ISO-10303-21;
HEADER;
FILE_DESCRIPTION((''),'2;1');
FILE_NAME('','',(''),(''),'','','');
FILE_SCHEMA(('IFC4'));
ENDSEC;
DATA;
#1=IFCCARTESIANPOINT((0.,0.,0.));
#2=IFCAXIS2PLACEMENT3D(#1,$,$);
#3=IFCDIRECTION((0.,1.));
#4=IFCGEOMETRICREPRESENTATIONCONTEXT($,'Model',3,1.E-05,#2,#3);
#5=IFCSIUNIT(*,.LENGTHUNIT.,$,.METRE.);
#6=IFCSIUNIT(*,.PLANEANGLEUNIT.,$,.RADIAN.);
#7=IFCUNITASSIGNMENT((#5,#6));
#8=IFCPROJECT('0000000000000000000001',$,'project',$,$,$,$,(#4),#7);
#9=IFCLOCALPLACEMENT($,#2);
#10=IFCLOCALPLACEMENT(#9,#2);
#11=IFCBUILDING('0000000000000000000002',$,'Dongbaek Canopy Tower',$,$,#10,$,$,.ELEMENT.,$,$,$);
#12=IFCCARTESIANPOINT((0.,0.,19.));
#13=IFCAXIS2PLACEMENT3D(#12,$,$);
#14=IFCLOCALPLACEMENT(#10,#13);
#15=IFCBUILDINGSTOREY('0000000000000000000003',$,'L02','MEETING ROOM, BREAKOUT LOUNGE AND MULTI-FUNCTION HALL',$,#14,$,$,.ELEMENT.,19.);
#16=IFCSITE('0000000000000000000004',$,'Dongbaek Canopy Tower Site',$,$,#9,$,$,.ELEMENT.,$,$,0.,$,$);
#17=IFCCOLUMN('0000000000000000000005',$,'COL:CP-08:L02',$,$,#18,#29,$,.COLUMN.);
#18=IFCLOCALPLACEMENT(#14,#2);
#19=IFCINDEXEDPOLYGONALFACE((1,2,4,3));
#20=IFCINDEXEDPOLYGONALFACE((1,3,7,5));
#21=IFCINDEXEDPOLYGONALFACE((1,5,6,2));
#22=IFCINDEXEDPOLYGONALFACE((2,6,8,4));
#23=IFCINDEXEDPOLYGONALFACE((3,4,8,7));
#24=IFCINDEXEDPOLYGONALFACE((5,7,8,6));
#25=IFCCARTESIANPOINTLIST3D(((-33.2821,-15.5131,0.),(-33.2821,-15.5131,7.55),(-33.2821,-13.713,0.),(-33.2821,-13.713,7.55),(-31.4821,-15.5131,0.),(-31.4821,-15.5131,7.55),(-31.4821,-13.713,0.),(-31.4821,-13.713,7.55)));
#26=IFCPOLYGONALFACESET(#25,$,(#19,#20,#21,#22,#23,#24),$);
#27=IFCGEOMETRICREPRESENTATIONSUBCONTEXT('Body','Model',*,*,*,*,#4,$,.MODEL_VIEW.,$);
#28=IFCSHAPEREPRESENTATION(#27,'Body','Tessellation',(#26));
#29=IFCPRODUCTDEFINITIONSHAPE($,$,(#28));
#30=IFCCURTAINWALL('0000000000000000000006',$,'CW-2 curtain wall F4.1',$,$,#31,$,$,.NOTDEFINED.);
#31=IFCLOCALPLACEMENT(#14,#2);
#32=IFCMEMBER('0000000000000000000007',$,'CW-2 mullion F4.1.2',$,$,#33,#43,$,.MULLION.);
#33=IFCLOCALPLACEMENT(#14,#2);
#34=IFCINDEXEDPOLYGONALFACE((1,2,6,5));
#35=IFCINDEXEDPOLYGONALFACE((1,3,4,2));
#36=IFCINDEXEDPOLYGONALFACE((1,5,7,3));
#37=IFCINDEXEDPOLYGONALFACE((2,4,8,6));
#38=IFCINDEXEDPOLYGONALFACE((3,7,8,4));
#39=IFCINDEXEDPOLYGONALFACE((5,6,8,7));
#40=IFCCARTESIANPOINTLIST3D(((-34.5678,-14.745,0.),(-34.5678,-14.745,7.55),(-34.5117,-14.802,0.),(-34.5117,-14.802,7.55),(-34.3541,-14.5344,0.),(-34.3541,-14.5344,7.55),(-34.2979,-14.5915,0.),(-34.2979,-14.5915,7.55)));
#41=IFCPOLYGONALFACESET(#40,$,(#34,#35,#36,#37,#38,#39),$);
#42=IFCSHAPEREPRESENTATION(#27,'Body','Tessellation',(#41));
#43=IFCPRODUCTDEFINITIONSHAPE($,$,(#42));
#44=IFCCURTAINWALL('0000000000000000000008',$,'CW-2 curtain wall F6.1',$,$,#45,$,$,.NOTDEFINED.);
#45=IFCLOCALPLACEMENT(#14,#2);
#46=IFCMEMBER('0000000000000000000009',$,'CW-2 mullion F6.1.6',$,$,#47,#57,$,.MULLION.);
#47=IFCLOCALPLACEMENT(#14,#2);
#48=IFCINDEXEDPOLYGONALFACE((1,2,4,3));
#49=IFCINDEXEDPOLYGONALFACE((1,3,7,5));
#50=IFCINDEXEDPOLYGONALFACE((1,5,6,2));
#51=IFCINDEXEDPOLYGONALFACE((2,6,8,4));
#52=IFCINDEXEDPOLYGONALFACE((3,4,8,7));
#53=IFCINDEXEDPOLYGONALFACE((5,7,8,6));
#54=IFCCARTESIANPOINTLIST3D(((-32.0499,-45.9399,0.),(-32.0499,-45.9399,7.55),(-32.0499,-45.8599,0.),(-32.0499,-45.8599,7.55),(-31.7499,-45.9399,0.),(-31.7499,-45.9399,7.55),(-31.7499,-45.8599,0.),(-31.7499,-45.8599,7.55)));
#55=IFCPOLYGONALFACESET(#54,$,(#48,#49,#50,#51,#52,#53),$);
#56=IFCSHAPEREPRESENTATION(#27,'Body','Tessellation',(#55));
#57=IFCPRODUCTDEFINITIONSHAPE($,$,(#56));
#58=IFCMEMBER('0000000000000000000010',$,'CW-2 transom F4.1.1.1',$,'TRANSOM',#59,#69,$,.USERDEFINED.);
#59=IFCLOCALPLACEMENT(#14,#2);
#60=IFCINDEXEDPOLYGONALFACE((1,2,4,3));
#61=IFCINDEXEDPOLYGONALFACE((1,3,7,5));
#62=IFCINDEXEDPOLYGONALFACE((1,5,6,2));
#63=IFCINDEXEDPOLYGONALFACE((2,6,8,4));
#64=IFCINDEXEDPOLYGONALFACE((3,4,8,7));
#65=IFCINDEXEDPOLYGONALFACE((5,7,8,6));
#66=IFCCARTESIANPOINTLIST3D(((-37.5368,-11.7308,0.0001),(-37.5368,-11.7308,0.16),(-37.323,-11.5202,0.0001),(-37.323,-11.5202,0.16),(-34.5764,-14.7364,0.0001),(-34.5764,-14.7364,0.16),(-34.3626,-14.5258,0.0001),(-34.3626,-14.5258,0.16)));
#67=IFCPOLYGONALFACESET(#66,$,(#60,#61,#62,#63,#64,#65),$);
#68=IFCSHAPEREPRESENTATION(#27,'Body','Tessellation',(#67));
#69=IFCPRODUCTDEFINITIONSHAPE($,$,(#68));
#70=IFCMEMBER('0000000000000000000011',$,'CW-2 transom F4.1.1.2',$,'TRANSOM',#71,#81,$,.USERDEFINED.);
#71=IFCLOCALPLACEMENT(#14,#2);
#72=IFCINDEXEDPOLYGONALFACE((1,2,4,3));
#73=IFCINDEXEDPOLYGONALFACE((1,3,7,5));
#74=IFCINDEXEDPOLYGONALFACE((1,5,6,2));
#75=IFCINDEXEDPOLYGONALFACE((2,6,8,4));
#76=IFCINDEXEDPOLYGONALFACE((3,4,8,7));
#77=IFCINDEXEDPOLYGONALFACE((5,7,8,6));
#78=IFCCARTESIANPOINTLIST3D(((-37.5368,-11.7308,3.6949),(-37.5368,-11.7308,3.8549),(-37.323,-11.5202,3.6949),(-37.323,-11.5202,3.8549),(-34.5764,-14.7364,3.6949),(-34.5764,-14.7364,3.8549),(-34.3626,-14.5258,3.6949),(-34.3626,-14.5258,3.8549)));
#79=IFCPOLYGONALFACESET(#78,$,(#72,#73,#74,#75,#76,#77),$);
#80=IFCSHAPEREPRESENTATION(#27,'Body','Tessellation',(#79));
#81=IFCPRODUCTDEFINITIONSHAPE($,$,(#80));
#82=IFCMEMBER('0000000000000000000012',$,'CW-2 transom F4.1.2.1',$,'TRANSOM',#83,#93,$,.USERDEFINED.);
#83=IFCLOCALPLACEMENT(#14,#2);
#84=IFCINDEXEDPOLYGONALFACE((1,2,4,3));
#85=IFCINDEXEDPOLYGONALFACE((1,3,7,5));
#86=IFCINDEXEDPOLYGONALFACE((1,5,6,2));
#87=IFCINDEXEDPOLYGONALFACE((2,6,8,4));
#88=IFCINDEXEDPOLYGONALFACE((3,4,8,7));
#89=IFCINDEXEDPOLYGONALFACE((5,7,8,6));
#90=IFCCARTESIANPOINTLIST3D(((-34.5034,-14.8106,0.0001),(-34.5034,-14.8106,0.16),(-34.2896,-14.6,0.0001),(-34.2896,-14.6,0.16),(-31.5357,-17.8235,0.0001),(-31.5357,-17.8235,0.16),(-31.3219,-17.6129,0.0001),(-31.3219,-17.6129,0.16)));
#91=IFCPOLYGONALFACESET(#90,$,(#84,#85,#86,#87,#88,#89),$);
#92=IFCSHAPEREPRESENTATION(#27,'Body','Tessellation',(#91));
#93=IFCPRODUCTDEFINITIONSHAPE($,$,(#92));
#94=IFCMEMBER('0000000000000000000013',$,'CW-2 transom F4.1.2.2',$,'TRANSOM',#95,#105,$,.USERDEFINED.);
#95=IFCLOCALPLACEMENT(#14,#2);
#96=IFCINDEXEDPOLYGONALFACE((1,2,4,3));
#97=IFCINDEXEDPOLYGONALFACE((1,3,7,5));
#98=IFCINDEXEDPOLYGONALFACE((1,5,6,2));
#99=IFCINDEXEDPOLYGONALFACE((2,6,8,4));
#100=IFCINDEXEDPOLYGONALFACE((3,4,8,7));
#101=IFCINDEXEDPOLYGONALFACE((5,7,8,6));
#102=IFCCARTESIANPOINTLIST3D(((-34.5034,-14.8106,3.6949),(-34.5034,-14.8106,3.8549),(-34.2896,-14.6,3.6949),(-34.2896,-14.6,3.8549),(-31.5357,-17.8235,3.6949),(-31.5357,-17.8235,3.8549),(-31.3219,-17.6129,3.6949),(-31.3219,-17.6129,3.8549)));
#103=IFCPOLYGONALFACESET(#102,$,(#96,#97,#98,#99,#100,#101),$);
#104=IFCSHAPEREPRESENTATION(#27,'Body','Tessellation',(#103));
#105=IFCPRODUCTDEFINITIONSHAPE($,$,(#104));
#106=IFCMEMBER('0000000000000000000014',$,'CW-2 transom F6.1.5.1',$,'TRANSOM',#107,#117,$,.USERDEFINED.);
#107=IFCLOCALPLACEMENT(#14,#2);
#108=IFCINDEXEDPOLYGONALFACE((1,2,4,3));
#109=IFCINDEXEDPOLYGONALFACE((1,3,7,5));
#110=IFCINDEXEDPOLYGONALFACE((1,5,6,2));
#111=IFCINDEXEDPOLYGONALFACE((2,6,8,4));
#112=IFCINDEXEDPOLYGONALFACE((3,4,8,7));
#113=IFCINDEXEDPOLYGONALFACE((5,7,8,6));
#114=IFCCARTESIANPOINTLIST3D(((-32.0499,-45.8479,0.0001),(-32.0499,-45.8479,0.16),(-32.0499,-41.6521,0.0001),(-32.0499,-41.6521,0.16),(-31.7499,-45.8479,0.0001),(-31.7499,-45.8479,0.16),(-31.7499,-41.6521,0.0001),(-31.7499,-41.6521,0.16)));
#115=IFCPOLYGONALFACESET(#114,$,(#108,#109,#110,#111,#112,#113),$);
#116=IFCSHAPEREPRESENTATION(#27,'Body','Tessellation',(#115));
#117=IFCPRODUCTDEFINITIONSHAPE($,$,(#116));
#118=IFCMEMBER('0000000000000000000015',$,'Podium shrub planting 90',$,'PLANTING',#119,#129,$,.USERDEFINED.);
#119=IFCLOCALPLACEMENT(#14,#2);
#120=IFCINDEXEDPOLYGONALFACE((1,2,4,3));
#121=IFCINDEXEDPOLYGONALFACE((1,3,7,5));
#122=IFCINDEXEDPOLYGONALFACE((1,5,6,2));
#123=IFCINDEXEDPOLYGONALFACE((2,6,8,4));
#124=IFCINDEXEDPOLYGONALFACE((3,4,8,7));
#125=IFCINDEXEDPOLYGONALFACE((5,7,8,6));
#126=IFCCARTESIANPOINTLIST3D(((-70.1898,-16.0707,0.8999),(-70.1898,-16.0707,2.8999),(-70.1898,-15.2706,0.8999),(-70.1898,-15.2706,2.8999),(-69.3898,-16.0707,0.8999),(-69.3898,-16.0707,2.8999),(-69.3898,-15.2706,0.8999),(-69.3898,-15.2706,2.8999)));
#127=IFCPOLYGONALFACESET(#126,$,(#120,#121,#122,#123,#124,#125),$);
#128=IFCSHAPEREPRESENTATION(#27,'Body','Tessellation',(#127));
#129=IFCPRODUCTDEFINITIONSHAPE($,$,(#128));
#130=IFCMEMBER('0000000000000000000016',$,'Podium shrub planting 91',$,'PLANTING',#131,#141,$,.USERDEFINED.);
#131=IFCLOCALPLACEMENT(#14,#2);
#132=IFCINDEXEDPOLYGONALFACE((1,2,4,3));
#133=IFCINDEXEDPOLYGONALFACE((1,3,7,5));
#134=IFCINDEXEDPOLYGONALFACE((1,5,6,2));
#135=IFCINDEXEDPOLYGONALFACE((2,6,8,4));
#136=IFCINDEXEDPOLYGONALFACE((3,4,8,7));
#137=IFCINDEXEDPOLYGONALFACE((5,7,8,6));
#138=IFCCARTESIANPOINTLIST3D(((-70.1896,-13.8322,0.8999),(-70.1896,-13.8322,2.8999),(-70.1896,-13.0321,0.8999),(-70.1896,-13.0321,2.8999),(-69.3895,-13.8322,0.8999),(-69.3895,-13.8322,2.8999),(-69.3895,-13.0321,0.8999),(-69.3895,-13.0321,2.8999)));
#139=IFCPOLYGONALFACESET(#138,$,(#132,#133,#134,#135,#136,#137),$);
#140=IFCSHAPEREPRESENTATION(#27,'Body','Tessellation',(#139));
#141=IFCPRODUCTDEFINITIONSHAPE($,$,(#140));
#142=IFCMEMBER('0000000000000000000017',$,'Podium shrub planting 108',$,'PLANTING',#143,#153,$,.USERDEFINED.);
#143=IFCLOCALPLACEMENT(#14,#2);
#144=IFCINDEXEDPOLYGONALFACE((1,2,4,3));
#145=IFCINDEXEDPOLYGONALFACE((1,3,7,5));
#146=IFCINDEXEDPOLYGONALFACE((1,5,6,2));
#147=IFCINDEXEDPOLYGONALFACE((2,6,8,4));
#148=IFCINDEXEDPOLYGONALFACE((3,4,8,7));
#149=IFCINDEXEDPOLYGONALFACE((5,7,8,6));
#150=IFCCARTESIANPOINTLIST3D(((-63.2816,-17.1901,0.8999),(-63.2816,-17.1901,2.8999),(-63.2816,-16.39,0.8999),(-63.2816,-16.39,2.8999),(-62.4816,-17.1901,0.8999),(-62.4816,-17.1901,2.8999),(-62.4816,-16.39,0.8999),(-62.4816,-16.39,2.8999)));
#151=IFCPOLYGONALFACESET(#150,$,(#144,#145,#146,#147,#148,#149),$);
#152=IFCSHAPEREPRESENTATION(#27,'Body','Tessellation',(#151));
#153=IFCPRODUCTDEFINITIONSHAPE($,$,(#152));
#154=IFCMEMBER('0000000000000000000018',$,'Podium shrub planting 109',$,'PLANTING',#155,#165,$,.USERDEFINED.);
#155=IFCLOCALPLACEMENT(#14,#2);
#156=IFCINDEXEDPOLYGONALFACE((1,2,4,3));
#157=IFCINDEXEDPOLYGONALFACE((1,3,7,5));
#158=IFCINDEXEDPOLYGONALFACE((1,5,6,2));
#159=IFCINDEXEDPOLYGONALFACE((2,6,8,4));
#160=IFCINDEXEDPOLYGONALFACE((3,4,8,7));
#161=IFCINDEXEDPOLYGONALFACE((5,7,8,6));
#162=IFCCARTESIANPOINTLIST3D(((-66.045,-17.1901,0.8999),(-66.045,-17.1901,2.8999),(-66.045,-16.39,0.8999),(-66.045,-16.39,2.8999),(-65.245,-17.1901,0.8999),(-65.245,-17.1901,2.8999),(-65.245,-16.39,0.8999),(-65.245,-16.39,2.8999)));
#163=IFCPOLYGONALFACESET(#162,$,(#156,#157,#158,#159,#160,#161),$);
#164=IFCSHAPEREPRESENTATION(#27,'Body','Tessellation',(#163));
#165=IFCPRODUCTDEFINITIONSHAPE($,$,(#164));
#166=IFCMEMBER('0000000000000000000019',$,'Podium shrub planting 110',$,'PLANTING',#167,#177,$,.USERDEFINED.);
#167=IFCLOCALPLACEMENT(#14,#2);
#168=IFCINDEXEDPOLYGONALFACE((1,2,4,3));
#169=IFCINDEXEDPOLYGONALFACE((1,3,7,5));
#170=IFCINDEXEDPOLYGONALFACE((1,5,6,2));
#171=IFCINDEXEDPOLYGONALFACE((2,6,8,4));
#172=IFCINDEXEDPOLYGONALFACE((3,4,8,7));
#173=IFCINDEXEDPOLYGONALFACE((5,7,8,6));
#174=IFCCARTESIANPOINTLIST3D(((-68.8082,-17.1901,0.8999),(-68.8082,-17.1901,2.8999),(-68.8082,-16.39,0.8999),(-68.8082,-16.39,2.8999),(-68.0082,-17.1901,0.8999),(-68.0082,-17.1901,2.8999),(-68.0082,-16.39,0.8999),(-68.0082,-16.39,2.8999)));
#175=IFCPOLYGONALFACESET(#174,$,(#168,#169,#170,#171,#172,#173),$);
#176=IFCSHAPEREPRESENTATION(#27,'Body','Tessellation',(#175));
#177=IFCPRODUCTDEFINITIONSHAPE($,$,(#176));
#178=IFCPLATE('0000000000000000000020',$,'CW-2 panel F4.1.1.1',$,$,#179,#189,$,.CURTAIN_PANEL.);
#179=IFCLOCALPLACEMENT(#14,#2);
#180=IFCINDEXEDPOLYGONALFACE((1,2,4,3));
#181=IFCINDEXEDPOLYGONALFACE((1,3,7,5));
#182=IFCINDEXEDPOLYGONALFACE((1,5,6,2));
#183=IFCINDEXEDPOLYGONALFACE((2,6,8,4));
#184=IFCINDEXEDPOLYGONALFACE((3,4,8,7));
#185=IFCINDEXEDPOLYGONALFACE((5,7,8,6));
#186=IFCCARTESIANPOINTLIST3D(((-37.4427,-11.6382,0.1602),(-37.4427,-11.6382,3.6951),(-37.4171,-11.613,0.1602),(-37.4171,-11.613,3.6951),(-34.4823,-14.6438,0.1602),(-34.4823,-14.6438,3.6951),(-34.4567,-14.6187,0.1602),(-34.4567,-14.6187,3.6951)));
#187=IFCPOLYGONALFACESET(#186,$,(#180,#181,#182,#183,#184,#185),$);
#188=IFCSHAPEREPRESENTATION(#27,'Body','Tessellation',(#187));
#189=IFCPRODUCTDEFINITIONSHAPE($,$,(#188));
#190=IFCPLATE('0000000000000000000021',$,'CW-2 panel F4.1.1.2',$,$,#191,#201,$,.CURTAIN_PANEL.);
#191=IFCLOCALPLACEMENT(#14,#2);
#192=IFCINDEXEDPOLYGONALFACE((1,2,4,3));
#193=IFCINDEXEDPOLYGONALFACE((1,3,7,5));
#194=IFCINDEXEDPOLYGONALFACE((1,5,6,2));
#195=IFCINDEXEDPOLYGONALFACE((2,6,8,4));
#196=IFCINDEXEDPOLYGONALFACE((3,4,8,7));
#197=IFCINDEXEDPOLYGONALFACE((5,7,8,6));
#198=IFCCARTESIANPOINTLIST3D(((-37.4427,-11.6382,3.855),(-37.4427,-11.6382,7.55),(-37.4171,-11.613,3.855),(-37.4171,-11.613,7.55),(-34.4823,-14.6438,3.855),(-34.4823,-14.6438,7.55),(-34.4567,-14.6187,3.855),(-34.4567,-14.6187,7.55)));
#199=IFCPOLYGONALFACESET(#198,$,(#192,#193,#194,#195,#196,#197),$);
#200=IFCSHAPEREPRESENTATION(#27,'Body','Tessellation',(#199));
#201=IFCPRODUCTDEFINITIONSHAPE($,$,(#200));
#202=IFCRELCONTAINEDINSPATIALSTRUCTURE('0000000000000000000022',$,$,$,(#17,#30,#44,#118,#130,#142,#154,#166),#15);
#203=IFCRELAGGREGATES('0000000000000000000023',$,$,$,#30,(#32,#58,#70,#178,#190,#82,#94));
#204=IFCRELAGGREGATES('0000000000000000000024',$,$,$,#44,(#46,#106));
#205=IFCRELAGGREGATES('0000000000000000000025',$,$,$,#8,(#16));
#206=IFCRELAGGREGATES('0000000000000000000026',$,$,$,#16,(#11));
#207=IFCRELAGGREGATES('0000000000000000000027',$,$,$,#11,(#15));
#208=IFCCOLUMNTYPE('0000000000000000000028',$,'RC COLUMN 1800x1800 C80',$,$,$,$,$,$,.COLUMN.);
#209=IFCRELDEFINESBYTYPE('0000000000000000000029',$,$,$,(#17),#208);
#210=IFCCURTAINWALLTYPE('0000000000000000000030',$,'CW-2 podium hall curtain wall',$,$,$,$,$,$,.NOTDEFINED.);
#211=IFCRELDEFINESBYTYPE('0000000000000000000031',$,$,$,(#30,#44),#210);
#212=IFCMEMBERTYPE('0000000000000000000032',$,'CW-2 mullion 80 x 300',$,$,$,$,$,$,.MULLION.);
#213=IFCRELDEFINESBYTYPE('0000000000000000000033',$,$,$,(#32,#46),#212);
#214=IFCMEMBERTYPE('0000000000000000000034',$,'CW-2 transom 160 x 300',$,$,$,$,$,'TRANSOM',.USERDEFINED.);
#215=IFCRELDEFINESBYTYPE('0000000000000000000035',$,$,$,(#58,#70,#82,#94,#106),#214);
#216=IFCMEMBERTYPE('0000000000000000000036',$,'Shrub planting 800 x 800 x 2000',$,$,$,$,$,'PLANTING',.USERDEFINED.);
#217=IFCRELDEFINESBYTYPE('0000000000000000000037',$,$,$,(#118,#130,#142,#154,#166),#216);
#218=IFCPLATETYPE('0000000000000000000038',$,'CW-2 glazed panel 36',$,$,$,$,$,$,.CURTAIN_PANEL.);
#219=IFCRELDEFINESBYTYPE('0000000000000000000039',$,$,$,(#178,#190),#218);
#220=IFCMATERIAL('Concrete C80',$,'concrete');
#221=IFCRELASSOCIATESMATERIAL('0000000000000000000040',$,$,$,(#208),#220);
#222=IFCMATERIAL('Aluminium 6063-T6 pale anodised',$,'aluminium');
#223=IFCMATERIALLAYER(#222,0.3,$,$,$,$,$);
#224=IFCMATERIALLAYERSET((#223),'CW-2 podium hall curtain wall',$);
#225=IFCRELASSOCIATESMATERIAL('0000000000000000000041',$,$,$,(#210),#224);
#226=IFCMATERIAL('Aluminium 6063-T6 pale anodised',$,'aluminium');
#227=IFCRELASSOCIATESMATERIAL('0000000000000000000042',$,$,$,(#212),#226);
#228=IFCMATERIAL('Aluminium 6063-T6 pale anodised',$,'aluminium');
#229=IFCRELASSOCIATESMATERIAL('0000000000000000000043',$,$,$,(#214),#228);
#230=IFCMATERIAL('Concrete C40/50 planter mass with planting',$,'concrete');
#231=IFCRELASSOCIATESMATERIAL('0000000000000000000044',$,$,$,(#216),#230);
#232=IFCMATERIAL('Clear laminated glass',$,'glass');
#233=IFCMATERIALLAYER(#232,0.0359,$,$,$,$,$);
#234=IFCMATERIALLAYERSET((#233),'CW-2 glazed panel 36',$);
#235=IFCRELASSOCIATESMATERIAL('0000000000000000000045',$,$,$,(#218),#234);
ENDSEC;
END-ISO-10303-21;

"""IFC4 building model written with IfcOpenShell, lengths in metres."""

from ifc_helpers import new_model, si_unit, direction, frame, origin, origin_2d, place, context, subcontext, project, spatial, rectangle, extrude, material, layer, layer_set, material_profile, profile_set, type_object, element, aggregate, save


model = new_model("IFC4")

# Units and contexts
model_context = context("Model", 3, precision=1e-05, world=origin(), true_north=direction((0.0, 1.0)))
body_context = subcontext(model_context, "Body", "Model", "MODEL_VIEW")
ifc_project = project(units=[si_unit("LENGTHUNIT", "METRE"), si_unit("PLANEANGLEUNIT", "RADIAN")], contexts=[model_context])

# Site, building, storey
site_placement = place(None, origin())
site = spatial("IfcSite", under=ifc_project, at=site_placement, Name="Dongbaek Canopy Tower Site", CompositionType="ELEMENT", RefElevation=0.0)
building_placement = place(site_placement, origin())
building = spatial("IfcBuilding", under=site, at=building_placement, Name="Dongbaek Canopy Tower", CompositionType="ELEMENT")
storey_placement = place(building_placement, frame((0.0, 0.0, 19.0)))
storey = spatial("IfcBuildingStorey", under=building, at=storey_placement, Name="L02", Description="MEETING ROOM, BREAKOUT LOUNGE AND MULTI-FUNCTION HALL", CompositionType="ELEMENT", Elevation=19.0)

# Column
ifc_material_1 = material(Name="Concrete C80", Category="concrete")
ifc_material_profile_1 = material_profile(ifc_material_1, rectangle(XDim=1.8, YDim=1.8, at=origin_2d()), Name="RC COLUMN 1800x1800 C80")
ifc_profile_set_1 = profile_set([ifc_material_profile_1], Name="Concrete C80")
column_type = type_object("IfcColumnType", Name="RC COLUMN 1800x1800 C80", PredefinedType="COLUMN", material=ifc_profile_set_1)
column_placement = place(storey_placement, frame((-32.3821, -14.613, 0.0), z_axis=(0.0, 0.0, 1.0), x_axis=(1.0, 0.0, 0.0)))
element("IfcColumn", 1, at=column_placement, inside=storey, type_object=column_type, Name="COL:CP-08:L02", PredefinedType="COLUMN", context=body_context, shape_type="SweptSolid", body=[
    extrude(rectangle(XDim=1.8, YDim=1.8, at=origin_2d()), origin(), (0.0, 0.0, 1.0), 7.55),
])

# Curtain walls, members
ifc_material_2 = material(Name="Aluminium 6063-T6 pale anodised", Category="aluminium")
ifc_layer_1 = layer(ifc_material_2, 0.3)
ifc_layer_set_1 = layer_set([ifc_layer_1], Name="CW-2 podium hall curtain wall")
curtain_wall_type = type_object("IfcCurtainWallType", Name="CW-2 podium hall curtain wall", PredefinedType="NOTDEFINED", material=ifc_layer_set_1)
curtain_wall_1_placement = place(storey_placement, origin())
curtain_wall_1 = element("IfcCurtainWall", 2, at=curtain_wall_1_placement, inside=storey, type_object=curtain_wall_type, Name="CW-2 curtain wall F4.1", PredefinedType="NOTDEFINED")
ifc_material_3 = material(Name="Aluminium 6063-T6 pale anodised", Category="aluminium")
ifc_material_profile_2 = material_profile(ifc_material_3, rectangle(XDim=0.3, YDim=0.0801, at=origin_2d()), Name="CW-2 mullion 80 x 300")
ifc_profile_set_2 = profile_set([ifc_material_profile_2], Name="Aluminium 6063-T6 pale anodised")
member_type_1 = type_object("IfcMemberType", Name="CW-2 mullion 80 x 300", PredefinedType="MULLION", material=ifc_profile_set_2)
member_1_placement = place(storey_placement, frame((-34.4329, -14.6682, 0.0), z_axis=(0.0, 0.0, 1.0), x_axis=(-0.712455, -0.701718, 0.0)))
member_1 = element("IfcMember", 3, at=member_1_placement, type_object=member_type_1, Name="CW-2 mullion F4.1.2", PredefinedType="MULLION", context=body_context, shape_type="SweptSolid", body=[
    extrude(rectangle(XDim=0.3, YDim=0.0801, at=origin_2d()), origin(), (0.0, 0.0, 1.0), 7.55),
])
curtain_wall_2_placement = place(storey_placement, origin())
curtain_wall_2 = element("IfcCurtainWall", 4, at=curtain_wall_2_placement, inside=storey, type_object=curtain_wall_type, Name="CW-2 curtain wall F6.1", PredefinedType="NOTDEFINED")
member_2_placement = place(storey_placement, frame((-31.8999, -45.8999, 0.0), z_axis=(0.0, 0.0, 1.0), x_axis=(-1.0, 0.0, 0.0)))
member_2 = element("IfcMember", 5, at=member_2_placement, type_object=member_type_1, Name="CW-2 mullion F6.1.6", PredefinedType="MULLION", context=body_context, shape_type="SweptSolid", body=[
    extrude(rectangle(XDim=0.3, YDim=0.0801, at=origin_2d()), origin(), (0.0, 0.0, 1.0), 7.55),
])

# Members
ifc_material_4 = material(Name="Aluminium 6063-T6 pale anodised", Category="aluminium")
ifc_material_profile_3 = material_profile(ifc_material_4, rectangle(XDim=0.3, YDim=0.1599, at=origin_2d()), Name="CW-2 transom 160 x 300")
ifc_profile_set_3 = profile_set([ifc_material_profile_3], Name="Aluminium 6063-T6 pale anodised")
member_type_2 = type_object("IfcMemberType", Name="CW-2 transom 160 x 300", ElementType="TRANSOM", PredefinedType="USERDEFINED", material=ifc_profile_set_3)
member_3_placement = place(storey_placement, frame((-37.4299, -11.6255, 0.0801), z_axis=(0.701734, -0.71244, 0.0), x_axis=(0.71244, 0.701734, 0.0)))
member_3 = element("IfcMember", 6, at=member_3_placement, type_object=member_type_2, Name="CW-2 transom F4.1.1.1", ObjectType="TRANSOM", PredefinedType="USERDEFINED", context=body_context, shape_type="SweptSolid", body=[
    extrude(rectangle(XDim=0.3, YDim=0.1599, at=origin_2d()), origin(), (0.0, 0.0, 1.0), 4.2188),
])
member_4_placement = place(storey_placement, frame((-37.4299, -11.6255, 3.7749), z_axis=(0.701734, -0.71244, 0.0), x_axis=(0.71244, 0.701734, 0.0)))
member_4 = element("IfcMember", 7, at=member_4_placement, type_object=member_type_2, Name="CW-2 transom F4.1.1.2", ObjectType="TRANSOM", PredefinedType="USERDEFINED", context=body_context, shape_type="SweptSolid", body=[
    extrude(rectangle(XDim=0.3, YDim=0.1599, at=origin_2d()), origin(), (0.0, 0.0, 1.0), 4.2188),
])
member_5_placement = place(storey_placement, frame((-34.3965, -14.7053, 0.0801), z_axis=(0.701747, -0.712426, 0.0), x_axis=(0.712426, 0.701747, 0.0)))
member_5 = element("IfcMember", 8, at=member_5_placement, type_object=member_type_2, Name="CW-2 transom F4.1.2.1", ObjectType="TRANSOM", PredefinedType="USERDEFINED", context=body_context, shape_type="SweptSolid", body=[
    extrude(rectangle(XDim=0.3, YDim=0.1599, at=origin_2d()), origin(), (0.0, 0.0, 1.0), 4.229),
])
member_6_placement = place(storey_placement, frame((-34.3965, -14.7053, 3.7749), z_axis=(0.701747, -0.712426, 0.0), x_axis=(0.712426, 0.701747, 0.0)))
member_6 = element("IfcMember", 9, at=member_6_placement, type_object=member_type_2, Name="CW-2 transom F4.1.2.2", ObjectType="TRANSOM", PredefinedType="USERDEFINED", context=body_context, shape_type="SweptSolid", body=[
    extrude(rectangle(XDim=0.3, YDim=0.1599, at=origin_2d()), origin(), (0.0, 0.0, 1.0), 4.229),
])
member_7_placement = place(storey_placement, frame((-31.8999, -41.6521, 0.0801), z_axis=(0.0, -1.0, 0.0), x_axis=(1.0, 0.0, 0.0)))
member_7 = element("IfcMember", 10, at=member_7_placement, type_object=member_type_2, Name="CW-2 transom F6.1.5.1", ObjectType="TRANSOM", PredefinedType="USERDEFINED", context=body_context, shape_type="SweptSolid", body=[
    extrude(rectangle(XDim=0.3, YDim=0.1599, at=origin_2d()), origin(), (0.0, 0.0, 1.0), 4.1958),
])

# Members
ifc_material_5 = material(Name="Concrete C40/50 planter mass with planting", Category="concrete")
ifc_material_profile_4 = material_profile(ifc_material_5, rectangle(XDim=0.8, YDim=0.8, at=origin_2d()), Name="Shrub planting 800 x 800 x 2000")
ifc_profile_set_4 = profile_set([ifc_material_profile_4], Name="Concrete C40/50 planter mass with planting")
member_type_3 = type_object("IfcMemberType", Name="Shrub planting 800 x 800 x 2000", ElementType="PLANTING", PredefinedType="USERDEFINED", material=ifc_profile_set_4)
for number, where, z_axis, x_axis, name in (
    (11, (-69.7898, -15.6707, 0.8999), (0.0, 0.0, 1.0), (1.0, 0.0, 0.0), "Podium shrub planting 90"),
    (12, (-69.7896, -13.4321, 0.8999), (0.0, 0.0, 1.0), (1.0, 0.0, 0.0), "Podium shrub planting 91"),
    (13, (-62.8816, -16.79, 0.8999), (0.0, 0.0, 1.0), (1.0, 0.0, 0.0), "Podium shrub planting 108"),
    (14, (-65.645, -16.79, 0.8999), (0.0, 0.0, 1.0), (1.0, 0.0, 0.0), "Podium shrub planting 109"),
    (15, (-68.4082, -16.79, 0.8999), (0.0, 0.0, 1.0), (1.0, 0.0, 0.0), "Podium shrub planting 110"),
):
    element("IfcMember", number, at=place(storey_placement, frame(where, z_axis=z_axis, x_axis=x_axis)), inside=storey, type_object=member_type_3, Name=name, ObjectType="PLANTING", PredefinedType="USERDEFINED", context=body_context, shape_type="SweptSolid", body=[
        extrude(rectangle(XDim=0.8, YDim=0.8, at=origin_2d()), origin(), (0.0, 0.0, 1.0), 2.0),
    ])

# Plates
ifc_material_6 = material(Name="Clear laminated glass", Category="glass")
ifc_layer_2 = layer(ifc_material_6, 0.0359)
ifc_layer_set_2 = layer_set([ifc_layer_2], Name="CW-2 glazed panel 36")
plate_type = type_object("IfcPlateType", Name="CW-2 glazed panel 36", PredefinedType="CURTAIN_PANEL", material=ifc_layer_set_2)
plate_1_placement = place(storey_placement, frame((-35.9497, -13.1284, 0.1602), z_axis=(0.0, 0.0, 1.0), x_axis=(0.701718, -0.712455, 0.0)))
plate_1 = element("IfcPlate", 16, at=plate_1_placement, type_object=plate_type, Name="CW-2 panel F4.1.1.1", PredefinedType="CURTAIN_PANEL", context=body_context, shape_type="SweptSolid", body=[
    extrude(rectangle(XDim=4.2188, YDim=0.0359, at=origin_2d()), origin(), (0.0, 0.0, 1.0), 3.5349),
])
plate_2_placement = place(storey_placement, frame((-35.9497, -13.1284, 3.855), z_axis=(0.0, 0.0, 1.0), x_axis=(0.701718, -0.712455, 0.0)))
plate_2 = element("IfcPlate", 17, at=plate_2_placement, type_object=plate_type, Name="CW-2 panel F4.1.1.2", PredefinedType="CURTAIN_PANEL", context=body_context, shape_type="SweptSolid", body=[
    extrude(rectangle(XDim=4.2188, YDim=0.0359, at=origin_2d()), origin(), (0.0, 0.0, 1.0), 3.6951),
])
aggregate(curtain_wall_1, [member_1, member_3, member_4, plate_1, plate_2, member_5, member_6])
aggregate(curtain_wall_2, [member_2, member_7])

save(model, "model.ifc")
